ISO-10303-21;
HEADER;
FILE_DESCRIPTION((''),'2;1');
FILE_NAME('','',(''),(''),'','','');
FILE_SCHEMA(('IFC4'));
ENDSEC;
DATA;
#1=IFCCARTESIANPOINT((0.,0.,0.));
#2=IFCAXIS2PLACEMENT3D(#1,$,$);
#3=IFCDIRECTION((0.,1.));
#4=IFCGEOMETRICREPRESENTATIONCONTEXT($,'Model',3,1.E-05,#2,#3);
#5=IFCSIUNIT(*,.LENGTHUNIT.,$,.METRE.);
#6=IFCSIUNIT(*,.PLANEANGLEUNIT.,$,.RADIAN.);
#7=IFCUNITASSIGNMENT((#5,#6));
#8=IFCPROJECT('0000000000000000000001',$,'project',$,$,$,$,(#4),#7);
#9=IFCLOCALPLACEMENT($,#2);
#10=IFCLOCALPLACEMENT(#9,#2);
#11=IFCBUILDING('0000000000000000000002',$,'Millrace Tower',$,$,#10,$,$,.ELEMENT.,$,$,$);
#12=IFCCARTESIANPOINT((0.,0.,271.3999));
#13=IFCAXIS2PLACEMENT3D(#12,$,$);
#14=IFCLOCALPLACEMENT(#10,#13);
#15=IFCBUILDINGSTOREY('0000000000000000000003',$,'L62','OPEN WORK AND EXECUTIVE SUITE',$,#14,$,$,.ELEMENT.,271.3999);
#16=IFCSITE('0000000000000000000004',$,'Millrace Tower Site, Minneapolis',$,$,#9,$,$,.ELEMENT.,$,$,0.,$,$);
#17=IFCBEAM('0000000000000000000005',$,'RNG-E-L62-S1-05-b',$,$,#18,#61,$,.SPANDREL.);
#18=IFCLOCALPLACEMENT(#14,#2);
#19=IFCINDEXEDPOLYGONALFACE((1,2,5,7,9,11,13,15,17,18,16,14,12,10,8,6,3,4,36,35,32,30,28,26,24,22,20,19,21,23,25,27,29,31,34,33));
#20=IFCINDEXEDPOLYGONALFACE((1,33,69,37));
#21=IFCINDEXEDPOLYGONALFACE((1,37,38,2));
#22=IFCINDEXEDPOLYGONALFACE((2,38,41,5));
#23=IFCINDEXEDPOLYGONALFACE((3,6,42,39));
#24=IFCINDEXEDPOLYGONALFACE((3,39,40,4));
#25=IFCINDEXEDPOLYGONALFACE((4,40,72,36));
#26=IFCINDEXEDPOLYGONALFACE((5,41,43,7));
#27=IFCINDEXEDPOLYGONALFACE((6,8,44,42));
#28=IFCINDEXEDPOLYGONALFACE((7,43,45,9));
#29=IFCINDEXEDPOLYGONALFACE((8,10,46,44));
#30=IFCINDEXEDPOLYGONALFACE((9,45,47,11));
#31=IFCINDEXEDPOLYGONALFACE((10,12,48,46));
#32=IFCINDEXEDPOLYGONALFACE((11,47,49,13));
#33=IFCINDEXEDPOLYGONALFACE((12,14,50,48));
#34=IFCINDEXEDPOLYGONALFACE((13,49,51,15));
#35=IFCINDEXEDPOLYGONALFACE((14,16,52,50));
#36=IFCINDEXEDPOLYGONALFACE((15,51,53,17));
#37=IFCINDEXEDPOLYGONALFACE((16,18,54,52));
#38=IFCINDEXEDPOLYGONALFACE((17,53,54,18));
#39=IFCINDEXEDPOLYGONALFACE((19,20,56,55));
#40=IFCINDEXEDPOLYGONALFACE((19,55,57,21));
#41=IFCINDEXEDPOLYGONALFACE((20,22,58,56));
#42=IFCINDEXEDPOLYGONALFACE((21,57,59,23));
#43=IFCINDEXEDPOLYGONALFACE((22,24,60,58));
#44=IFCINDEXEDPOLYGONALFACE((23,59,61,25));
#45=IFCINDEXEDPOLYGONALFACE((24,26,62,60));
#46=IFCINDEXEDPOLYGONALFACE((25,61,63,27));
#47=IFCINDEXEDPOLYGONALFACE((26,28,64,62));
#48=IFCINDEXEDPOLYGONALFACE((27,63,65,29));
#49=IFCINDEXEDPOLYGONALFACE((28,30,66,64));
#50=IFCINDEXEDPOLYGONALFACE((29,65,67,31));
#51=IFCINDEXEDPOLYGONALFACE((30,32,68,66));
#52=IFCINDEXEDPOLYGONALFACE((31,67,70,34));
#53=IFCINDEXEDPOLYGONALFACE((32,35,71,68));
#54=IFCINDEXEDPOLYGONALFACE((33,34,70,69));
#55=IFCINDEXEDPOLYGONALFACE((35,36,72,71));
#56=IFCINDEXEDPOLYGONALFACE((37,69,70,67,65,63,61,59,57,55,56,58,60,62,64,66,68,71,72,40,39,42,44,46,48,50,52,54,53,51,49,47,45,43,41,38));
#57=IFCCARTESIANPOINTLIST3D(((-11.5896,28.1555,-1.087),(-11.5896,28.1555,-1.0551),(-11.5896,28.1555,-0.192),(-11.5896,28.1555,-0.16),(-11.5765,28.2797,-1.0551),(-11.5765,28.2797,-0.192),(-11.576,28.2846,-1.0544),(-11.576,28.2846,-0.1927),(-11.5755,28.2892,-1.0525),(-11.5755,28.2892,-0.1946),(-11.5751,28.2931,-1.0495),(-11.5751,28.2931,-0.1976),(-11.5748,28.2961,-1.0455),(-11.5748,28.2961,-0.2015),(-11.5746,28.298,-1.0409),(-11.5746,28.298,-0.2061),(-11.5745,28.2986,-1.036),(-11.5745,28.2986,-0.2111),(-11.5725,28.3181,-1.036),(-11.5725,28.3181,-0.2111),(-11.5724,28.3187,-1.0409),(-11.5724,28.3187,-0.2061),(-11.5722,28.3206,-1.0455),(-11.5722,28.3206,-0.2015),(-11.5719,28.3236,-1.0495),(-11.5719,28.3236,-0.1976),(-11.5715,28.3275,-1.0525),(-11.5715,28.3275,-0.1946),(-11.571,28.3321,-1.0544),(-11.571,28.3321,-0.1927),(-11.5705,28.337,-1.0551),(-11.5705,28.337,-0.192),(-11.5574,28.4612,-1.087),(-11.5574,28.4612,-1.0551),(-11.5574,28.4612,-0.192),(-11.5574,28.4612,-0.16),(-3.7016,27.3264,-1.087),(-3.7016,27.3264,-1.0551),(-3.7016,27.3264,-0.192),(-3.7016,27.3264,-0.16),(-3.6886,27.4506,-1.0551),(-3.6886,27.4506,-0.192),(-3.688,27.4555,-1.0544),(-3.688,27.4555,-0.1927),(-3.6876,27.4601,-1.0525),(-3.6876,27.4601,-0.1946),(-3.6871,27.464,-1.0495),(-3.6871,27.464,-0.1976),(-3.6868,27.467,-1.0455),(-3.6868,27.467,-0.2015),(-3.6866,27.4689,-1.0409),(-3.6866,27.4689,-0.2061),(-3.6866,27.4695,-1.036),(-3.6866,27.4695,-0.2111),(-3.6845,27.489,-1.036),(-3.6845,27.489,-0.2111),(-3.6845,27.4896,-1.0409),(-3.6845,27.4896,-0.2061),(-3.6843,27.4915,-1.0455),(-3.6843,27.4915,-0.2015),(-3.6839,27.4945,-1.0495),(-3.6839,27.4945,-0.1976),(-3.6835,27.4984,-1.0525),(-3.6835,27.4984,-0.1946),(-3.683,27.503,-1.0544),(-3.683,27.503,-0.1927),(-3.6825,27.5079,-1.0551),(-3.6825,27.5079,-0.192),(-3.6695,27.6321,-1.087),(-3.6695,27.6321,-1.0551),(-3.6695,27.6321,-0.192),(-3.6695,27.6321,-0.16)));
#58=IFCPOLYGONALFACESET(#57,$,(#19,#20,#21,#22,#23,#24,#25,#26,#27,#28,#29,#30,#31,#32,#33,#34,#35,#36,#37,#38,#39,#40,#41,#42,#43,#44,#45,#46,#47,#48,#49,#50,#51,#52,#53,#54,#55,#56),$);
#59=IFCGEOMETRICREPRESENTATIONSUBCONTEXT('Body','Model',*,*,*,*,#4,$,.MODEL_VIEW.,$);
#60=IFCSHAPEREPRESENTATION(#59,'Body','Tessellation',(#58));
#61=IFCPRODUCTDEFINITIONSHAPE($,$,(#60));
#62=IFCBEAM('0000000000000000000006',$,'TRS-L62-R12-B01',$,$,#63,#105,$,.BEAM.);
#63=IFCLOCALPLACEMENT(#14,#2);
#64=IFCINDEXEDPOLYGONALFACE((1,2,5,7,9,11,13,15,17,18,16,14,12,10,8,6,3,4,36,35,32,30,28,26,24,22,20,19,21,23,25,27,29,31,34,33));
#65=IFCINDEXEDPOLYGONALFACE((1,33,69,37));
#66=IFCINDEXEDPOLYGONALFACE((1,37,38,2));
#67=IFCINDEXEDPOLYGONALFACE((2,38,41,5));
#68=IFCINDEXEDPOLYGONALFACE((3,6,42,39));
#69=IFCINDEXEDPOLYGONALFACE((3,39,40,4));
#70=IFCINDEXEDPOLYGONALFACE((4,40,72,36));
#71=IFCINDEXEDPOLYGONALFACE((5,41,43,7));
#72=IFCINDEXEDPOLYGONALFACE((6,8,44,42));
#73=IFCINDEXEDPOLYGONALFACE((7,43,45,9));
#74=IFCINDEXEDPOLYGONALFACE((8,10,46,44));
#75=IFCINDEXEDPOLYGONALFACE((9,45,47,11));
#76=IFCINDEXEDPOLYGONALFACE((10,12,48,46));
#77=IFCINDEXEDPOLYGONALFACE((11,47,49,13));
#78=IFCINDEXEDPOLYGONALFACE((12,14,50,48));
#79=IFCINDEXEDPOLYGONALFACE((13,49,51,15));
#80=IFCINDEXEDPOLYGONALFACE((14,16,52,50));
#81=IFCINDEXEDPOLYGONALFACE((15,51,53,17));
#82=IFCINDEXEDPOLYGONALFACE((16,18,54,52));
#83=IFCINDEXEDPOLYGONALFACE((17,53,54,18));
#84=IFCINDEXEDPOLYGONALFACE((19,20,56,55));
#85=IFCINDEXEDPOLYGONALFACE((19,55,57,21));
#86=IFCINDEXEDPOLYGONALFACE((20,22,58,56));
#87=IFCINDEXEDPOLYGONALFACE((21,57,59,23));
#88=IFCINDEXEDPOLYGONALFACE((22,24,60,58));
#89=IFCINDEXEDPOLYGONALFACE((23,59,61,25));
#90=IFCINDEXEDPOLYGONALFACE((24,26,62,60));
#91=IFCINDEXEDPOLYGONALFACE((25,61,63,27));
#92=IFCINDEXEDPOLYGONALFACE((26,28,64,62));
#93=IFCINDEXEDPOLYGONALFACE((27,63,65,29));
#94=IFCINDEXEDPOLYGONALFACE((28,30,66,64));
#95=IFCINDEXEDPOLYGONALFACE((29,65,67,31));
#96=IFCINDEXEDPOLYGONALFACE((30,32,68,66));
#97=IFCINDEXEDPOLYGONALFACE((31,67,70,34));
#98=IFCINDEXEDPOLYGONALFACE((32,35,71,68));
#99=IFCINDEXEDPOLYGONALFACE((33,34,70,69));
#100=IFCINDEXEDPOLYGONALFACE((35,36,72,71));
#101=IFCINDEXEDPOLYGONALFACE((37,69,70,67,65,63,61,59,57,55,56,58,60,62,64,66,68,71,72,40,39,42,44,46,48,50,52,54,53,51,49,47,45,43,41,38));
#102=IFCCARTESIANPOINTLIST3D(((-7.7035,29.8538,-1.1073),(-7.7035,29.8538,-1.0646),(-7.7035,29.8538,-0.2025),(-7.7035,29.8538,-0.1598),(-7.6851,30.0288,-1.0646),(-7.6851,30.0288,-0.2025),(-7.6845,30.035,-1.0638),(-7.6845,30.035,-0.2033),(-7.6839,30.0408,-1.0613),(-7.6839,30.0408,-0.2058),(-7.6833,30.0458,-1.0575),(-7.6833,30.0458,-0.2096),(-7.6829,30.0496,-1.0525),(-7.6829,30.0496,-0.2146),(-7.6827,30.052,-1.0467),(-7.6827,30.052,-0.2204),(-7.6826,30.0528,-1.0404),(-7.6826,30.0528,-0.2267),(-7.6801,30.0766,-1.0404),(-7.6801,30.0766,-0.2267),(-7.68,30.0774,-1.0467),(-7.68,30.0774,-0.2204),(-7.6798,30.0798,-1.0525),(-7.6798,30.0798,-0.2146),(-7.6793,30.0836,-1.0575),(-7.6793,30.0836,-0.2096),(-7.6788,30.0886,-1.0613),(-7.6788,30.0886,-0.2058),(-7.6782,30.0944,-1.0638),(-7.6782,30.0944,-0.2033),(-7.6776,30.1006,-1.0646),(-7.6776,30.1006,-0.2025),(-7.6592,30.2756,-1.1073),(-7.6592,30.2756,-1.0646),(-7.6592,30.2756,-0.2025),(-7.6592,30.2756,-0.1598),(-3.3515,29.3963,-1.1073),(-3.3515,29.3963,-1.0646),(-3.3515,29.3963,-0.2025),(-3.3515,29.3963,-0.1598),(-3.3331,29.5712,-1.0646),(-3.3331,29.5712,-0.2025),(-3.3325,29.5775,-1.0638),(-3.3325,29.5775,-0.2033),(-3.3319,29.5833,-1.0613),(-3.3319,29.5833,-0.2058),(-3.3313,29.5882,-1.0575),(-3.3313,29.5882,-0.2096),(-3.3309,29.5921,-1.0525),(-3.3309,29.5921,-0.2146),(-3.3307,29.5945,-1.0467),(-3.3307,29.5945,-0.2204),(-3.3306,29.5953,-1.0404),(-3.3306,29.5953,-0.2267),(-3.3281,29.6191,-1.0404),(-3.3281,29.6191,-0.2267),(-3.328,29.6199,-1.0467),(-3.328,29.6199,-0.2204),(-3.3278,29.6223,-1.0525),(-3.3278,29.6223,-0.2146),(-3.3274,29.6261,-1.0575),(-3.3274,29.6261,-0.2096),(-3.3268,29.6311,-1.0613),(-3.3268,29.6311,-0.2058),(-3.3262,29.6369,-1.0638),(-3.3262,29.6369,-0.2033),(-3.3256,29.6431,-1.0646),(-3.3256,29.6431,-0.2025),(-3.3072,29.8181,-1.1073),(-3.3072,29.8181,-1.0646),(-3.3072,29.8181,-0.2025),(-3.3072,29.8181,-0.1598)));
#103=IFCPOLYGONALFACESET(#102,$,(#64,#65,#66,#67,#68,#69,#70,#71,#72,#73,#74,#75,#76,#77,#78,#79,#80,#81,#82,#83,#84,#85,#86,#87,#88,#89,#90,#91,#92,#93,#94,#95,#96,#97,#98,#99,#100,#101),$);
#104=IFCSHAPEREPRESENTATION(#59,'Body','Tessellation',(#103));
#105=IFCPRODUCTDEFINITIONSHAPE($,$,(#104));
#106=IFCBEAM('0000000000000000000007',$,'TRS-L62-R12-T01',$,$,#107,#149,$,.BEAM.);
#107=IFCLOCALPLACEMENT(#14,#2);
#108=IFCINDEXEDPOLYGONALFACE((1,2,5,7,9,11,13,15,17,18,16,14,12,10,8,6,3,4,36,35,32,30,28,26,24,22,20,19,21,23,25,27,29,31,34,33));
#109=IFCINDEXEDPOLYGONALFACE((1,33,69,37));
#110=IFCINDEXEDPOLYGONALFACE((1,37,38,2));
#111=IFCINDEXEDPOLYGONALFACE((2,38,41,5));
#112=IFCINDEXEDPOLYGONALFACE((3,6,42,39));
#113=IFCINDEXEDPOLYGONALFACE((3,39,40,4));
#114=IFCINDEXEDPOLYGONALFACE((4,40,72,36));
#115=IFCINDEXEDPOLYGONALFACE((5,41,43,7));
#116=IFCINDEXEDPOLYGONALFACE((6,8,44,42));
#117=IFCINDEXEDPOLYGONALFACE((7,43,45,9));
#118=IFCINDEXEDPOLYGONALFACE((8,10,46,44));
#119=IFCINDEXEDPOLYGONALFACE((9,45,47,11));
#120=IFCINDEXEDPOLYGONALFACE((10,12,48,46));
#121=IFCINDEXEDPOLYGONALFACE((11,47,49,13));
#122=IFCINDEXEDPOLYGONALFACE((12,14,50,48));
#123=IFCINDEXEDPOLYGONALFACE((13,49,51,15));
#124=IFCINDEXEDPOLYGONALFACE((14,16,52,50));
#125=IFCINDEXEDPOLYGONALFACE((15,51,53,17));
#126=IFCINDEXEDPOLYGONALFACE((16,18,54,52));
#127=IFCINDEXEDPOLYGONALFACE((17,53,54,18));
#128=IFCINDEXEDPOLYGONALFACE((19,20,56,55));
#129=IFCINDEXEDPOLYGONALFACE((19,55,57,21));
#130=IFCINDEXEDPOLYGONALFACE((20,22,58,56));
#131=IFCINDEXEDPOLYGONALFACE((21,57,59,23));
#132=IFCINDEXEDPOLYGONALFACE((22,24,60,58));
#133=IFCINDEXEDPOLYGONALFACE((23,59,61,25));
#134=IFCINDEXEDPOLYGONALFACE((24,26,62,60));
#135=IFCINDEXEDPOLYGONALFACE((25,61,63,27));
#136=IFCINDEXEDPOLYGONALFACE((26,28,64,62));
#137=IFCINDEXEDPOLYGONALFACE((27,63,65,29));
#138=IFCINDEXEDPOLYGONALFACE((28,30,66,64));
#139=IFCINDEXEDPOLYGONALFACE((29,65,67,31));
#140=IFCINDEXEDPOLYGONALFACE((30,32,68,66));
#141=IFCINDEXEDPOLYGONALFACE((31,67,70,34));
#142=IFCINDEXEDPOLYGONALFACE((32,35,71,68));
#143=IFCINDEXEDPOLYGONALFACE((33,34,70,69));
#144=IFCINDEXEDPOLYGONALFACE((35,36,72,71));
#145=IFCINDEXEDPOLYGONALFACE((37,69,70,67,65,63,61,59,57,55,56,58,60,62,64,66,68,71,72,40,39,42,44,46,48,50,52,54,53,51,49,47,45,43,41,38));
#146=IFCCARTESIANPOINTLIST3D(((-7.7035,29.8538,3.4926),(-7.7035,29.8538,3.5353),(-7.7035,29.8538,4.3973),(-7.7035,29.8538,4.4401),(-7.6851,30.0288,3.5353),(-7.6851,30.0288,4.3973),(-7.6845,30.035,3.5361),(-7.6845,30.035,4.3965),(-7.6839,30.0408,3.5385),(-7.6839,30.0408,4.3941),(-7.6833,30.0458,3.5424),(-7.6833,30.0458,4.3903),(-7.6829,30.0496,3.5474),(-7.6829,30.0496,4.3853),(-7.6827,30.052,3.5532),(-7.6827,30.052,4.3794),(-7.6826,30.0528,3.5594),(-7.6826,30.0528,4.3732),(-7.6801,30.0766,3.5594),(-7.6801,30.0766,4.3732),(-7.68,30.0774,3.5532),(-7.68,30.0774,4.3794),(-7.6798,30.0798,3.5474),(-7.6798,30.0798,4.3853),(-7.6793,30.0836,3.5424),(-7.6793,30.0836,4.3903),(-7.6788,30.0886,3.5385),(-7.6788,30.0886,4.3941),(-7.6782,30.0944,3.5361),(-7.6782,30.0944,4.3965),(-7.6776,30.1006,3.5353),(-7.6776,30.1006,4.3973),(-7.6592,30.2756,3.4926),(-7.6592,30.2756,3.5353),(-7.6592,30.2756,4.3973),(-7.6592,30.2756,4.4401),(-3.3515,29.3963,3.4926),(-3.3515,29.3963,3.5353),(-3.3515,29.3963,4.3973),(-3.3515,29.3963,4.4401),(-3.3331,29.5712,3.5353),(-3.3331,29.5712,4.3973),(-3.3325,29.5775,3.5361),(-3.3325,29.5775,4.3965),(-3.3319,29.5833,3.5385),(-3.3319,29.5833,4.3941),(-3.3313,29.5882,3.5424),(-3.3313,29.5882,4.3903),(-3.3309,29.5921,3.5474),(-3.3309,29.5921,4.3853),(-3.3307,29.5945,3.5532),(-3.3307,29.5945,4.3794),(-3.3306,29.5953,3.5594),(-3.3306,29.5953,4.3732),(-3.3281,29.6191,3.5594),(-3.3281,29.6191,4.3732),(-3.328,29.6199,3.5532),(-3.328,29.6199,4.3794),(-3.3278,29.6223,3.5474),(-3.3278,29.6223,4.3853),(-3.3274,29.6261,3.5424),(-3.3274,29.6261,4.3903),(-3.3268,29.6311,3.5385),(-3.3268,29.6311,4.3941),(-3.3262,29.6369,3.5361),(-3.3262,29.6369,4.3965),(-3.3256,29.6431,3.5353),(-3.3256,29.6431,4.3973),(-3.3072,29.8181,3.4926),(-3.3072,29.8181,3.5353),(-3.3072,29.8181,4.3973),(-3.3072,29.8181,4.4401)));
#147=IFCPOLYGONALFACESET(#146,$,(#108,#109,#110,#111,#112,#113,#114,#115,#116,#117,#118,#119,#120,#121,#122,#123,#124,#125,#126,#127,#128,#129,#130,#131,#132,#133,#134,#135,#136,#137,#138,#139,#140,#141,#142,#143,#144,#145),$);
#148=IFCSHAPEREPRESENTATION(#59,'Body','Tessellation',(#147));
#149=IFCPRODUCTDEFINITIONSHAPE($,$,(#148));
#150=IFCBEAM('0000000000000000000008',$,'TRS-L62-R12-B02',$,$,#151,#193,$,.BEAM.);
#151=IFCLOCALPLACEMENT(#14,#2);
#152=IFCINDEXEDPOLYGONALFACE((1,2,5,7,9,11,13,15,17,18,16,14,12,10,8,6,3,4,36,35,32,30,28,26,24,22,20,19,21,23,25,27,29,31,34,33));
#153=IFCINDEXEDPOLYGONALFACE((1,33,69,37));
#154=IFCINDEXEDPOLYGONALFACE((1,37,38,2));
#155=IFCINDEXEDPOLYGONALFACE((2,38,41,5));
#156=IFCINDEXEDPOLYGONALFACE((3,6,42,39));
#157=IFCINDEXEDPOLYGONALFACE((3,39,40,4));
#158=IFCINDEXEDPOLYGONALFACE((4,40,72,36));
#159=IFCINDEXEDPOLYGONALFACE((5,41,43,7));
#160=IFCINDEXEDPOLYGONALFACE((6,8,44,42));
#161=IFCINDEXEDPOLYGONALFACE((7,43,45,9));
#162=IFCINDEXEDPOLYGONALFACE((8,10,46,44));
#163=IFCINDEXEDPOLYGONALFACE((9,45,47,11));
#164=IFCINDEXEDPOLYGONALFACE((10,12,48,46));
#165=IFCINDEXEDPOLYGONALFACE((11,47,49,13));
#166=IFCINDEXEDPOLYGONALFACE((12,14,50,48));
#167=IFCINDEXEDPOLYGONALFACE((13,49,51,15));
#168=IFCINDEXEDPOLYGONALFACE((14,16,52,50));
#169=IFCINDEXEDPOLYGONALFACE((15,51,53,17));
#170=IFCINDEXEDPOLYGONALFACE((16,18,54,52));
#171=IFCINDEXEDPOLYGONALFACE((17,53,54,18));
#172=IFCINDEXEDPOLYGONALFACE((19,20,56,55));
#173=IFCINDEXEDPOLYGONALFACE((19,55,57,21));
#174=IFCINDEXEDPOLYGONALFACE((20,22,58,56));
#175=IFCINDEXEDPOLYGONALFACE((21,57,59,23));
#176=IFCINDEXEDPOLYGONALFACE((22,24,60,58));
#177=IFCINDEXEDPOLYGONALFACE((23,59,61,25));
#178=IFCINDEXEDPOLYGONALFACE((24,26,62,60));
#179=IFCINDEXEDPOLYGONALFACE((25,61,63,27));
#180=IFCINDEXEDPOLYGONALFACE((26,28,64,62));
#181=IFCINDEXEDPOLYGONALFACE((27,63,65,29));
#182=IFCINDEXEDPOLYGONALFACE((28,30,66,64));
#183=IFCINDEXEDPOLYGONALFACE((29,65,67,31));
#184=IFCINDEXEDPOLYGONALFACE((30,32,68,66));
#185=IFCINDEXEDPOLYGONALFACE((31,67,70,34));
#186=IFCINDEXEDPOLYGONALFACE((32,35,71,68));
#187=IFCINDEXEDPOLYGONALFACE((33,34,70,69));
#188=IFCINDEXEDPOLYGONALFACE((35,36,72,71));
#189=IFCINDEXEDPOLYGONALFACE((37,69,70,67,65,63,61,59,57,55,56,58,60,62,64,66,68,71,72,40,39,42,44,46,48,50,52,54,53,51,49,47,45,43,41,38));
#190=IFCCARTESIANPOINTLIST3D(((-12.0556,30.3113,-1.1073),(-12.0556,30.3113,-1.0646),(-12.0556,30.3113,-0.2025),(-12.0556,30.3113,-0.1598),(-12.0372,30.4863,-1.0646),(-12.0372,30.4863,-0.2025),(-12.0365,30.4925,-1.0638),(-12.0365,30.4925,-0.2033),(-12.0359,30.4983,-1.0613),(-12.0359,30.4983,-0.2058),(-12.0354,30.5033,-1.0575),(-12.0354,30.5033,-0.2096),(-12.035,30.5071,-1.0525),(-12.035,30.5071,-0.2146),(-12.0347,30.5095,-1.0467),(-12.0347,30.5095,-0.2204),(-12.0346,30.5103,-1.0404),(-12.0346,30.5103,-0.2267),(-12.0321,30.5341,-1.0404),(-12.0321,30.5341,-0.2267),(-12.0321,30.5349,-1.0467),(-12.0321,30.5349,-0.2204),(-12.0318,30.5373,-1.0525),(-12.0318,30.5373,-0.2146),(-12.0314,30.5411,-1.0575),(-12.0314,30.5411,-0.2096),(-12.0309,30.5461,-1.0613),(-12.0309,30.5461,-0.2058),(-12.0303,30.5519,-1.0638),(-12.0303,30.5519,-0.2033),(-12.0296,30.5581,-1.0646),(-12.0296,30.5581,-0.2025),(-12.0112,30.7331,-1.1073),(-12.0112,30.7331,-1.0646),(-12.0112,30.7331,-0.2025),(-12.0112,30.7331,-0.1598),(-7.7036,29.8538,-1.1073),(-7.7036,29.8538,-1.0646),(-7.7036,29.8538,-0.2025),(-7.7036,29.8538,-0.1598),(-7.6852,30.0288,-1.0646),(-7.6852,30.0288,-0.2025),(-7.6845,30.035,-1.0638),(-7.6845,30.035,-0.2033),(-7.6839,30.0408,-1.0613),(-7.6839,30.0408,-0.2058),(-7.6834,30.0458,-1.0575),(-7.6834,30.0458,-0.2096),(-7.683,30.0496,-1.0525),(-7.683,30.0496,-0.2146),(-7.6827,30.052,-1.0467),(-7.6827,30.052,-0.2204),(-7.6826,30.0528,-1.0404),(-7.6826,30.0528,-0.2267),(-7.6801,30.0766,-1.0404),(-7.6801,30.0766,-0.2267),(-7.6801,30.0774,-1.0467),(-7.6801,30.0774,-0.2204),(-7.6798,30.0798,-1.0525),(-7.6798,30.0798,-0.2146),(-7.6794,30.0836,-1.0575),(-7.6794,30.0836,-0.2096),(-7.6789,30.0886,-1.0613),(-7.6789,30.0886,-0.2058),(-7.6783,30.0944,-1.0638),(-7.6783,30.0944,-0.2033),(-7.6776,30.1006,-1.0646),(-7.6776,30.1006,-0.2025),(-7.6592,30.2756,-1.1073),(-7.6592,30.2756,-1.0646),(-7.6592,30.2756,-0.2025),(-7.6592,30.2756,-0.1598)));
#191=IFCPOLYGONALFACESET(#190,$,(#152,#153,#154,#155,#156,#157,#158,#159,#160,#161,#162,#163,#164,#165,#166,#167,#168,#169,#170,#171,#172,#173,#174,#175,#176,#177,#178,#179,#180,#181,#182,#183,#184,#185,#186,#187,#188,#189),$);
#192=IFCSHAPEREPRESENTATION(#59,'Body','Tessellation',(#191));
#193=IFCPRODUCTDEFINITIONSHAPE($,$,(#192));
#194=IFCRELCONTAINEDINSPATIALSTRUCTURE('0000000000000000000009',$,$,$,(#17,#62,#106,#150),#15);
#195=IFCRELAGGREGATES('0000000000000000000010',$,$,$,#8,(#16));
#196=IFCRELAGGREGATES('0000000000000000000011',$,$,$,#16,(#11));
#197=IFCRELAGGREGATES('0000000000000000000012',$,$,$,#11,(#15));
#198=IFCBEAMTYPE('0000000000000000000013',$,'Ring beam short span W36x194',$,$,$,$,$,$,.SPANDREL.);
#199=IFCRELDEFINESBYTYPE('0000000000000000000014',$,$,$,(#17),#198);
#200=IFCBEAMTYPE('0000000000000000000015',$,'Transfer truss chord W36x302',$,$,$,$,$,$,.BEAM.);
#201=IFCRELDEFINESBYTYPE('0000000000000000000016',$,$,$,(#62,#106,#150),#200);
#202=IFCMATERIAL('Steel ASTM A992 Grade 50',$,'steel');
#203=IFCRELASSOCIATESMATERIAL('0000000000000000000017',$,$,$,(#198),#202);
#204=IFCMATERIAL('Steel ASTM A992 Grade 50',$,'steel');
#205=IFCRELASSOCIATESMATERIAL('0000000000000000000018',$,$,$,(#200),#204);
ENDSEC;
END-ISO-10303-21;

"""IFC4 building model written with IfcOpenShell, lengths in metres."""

from ifc_helpers import new_model, si_unit, direction, frame, origin, origin_2d, place, context, subcontext, project, spatial, i_section, extrude, material, material_profile, profile_set, type_object, element, save


model = new_model("IFC4")

# Units and contexts
model_context = context("Model", 3, precision=1e-05, world=origin(), true_north=direction((0.0, 1.0)))
body_context = subcontext(model_context, "Body", "Model", "MODEL_VIEW")
ifc_project = project(units=[si_unit("LENGTHUNIT", "METRE"), si_unit("PLANEANGLEUNIT", "RADIAN")], contexts=[model_context])

# Site, building, storey
site_placement = place(None, origin())
site = spatial("IfcSite", under=ifc_project, at=site_placement, Name="Millrace Tower Site, Minneapolis", CompositionType="ELEMENT", RefElevation=0.0)
building_placement = place(site_placement, origin())
building = spatial("IfcBuilding", under=site, at=building_placement, Name="Millrace Tower", CompositionType="ELEMENT")
storey_placement = place(building_placement, frame((0.0, 0.0, 271.3999)))
storey = spatial("IfcBuildingStorey", under=building, at=storey_placement, Name="L62", Description="OPEN WORK AND EXECUTIVE SUITE", CompositionType="ELEMENT", Elevation=271.3999)

# Beams
ifc_material_1 = material(Name="Steel ASTM A992 Grade 50", Category="steel")
ifc_material_profile_1 = material_profile(ifc_material_1, i_section(OverallWidth=0.3074, OverallDepth=0.927, WebThickness=0.0195, FlangeThickness=0.032, FilletRadius=0.019, at=origin_2d()))
ifc_profile_set_1 = profile_set([ifc_material_profile_1], Name="Steel ASTM A992 Grade 50")
beam_type_1 = type_object("IfcBeamType", Name="Ring beam short span W36x194", PredefinedType="SPANDREL", material=ifc_profile_set_1)
beam_1_placement = place(storey_placement, frame((-11.5735, 28.3083, -0.6235), z_axis=(0.994521, -0.104534, 0.0), x_axis=(0.104534, 0.994521, 0.0)))
element("IfcBeam", 1, at=beam_1_placement, inside=storey, type_object=beam_type_1, Name="RNG-E-L62-S1-05-b", PredefinedType="SPANDREL", context=body_context, shape_type="SweptSolid", body=[
    extrude(i_section(OverallWidth=0.3074, OverallDepth=0.927, WebThickness=0.0195, FlangeThickness=0.032, FilletRadius=0.019, at=origin_2d()), origin(), (0.0, 0.0, 1.0), 7.9314),
])
ifc_material_2 = material(Name="Steel ASTM A992 Grade 50", Category="steel")
ifc_material_profile_2 = material_profile(ifc_material_2, i_section(OverallWidth=0.4241, OverallDepth=0.9475, WebThickness=0.0239, FlangeThickness=0.0427, FilletRadius=0.0242, at=origin_2d()))
ifc_profile_set_2 = profile_set([ifc_material_profile_2], Name="Steel ASTM A992 Grade 50")
beam_type_2 = type_object("IfcBeamType", Name="Transfer truss chord W36x302", PredefinedType="BEAM", material=ifc_profile_set_2)
for number, where, z_axis, x_axis, name in (
    (2, (-3.3293, 29.6072, -0.6335), (-0.99452, 0.104551, 0.0), (-0.104551, -0.99452, 0.0), "TRS-L62-R12-B01"),
    (3, (-3.3293, 29.6072, 3.9663), (-0.99452, 0.104551, 0.0), (-0.104551, -0.99452, 0.0), "TRS-L62-R12-T01"),
    (4, (-7.6814, 30.0647, -0.6335), (-0.99452, 0.104551, 0.0), (-0.104551, -0.99452, 0.0), "TRS-L62-R12-B02"),
):
    element("IfcBeam", number, at=place(storey_placement, frame(where, z_axis=z_axis, x_axis=x_axis)), inside=storey, type_object=beam_type_2, Name=name, PredefinedType="BEAM", context=body_context, shape_type="SweptSolid", body=[
        extrude(i_section(OverallWidth=0.4241, OverallDepth=0.9475, WebThickness=0.0239, FlangeThickness=0.0427, FilletRadius=0.0242, at=origin_2d()), origin(), (0.0, 0.0, 1.0), 4.376),
    ])

save(model, "model.ifc")
